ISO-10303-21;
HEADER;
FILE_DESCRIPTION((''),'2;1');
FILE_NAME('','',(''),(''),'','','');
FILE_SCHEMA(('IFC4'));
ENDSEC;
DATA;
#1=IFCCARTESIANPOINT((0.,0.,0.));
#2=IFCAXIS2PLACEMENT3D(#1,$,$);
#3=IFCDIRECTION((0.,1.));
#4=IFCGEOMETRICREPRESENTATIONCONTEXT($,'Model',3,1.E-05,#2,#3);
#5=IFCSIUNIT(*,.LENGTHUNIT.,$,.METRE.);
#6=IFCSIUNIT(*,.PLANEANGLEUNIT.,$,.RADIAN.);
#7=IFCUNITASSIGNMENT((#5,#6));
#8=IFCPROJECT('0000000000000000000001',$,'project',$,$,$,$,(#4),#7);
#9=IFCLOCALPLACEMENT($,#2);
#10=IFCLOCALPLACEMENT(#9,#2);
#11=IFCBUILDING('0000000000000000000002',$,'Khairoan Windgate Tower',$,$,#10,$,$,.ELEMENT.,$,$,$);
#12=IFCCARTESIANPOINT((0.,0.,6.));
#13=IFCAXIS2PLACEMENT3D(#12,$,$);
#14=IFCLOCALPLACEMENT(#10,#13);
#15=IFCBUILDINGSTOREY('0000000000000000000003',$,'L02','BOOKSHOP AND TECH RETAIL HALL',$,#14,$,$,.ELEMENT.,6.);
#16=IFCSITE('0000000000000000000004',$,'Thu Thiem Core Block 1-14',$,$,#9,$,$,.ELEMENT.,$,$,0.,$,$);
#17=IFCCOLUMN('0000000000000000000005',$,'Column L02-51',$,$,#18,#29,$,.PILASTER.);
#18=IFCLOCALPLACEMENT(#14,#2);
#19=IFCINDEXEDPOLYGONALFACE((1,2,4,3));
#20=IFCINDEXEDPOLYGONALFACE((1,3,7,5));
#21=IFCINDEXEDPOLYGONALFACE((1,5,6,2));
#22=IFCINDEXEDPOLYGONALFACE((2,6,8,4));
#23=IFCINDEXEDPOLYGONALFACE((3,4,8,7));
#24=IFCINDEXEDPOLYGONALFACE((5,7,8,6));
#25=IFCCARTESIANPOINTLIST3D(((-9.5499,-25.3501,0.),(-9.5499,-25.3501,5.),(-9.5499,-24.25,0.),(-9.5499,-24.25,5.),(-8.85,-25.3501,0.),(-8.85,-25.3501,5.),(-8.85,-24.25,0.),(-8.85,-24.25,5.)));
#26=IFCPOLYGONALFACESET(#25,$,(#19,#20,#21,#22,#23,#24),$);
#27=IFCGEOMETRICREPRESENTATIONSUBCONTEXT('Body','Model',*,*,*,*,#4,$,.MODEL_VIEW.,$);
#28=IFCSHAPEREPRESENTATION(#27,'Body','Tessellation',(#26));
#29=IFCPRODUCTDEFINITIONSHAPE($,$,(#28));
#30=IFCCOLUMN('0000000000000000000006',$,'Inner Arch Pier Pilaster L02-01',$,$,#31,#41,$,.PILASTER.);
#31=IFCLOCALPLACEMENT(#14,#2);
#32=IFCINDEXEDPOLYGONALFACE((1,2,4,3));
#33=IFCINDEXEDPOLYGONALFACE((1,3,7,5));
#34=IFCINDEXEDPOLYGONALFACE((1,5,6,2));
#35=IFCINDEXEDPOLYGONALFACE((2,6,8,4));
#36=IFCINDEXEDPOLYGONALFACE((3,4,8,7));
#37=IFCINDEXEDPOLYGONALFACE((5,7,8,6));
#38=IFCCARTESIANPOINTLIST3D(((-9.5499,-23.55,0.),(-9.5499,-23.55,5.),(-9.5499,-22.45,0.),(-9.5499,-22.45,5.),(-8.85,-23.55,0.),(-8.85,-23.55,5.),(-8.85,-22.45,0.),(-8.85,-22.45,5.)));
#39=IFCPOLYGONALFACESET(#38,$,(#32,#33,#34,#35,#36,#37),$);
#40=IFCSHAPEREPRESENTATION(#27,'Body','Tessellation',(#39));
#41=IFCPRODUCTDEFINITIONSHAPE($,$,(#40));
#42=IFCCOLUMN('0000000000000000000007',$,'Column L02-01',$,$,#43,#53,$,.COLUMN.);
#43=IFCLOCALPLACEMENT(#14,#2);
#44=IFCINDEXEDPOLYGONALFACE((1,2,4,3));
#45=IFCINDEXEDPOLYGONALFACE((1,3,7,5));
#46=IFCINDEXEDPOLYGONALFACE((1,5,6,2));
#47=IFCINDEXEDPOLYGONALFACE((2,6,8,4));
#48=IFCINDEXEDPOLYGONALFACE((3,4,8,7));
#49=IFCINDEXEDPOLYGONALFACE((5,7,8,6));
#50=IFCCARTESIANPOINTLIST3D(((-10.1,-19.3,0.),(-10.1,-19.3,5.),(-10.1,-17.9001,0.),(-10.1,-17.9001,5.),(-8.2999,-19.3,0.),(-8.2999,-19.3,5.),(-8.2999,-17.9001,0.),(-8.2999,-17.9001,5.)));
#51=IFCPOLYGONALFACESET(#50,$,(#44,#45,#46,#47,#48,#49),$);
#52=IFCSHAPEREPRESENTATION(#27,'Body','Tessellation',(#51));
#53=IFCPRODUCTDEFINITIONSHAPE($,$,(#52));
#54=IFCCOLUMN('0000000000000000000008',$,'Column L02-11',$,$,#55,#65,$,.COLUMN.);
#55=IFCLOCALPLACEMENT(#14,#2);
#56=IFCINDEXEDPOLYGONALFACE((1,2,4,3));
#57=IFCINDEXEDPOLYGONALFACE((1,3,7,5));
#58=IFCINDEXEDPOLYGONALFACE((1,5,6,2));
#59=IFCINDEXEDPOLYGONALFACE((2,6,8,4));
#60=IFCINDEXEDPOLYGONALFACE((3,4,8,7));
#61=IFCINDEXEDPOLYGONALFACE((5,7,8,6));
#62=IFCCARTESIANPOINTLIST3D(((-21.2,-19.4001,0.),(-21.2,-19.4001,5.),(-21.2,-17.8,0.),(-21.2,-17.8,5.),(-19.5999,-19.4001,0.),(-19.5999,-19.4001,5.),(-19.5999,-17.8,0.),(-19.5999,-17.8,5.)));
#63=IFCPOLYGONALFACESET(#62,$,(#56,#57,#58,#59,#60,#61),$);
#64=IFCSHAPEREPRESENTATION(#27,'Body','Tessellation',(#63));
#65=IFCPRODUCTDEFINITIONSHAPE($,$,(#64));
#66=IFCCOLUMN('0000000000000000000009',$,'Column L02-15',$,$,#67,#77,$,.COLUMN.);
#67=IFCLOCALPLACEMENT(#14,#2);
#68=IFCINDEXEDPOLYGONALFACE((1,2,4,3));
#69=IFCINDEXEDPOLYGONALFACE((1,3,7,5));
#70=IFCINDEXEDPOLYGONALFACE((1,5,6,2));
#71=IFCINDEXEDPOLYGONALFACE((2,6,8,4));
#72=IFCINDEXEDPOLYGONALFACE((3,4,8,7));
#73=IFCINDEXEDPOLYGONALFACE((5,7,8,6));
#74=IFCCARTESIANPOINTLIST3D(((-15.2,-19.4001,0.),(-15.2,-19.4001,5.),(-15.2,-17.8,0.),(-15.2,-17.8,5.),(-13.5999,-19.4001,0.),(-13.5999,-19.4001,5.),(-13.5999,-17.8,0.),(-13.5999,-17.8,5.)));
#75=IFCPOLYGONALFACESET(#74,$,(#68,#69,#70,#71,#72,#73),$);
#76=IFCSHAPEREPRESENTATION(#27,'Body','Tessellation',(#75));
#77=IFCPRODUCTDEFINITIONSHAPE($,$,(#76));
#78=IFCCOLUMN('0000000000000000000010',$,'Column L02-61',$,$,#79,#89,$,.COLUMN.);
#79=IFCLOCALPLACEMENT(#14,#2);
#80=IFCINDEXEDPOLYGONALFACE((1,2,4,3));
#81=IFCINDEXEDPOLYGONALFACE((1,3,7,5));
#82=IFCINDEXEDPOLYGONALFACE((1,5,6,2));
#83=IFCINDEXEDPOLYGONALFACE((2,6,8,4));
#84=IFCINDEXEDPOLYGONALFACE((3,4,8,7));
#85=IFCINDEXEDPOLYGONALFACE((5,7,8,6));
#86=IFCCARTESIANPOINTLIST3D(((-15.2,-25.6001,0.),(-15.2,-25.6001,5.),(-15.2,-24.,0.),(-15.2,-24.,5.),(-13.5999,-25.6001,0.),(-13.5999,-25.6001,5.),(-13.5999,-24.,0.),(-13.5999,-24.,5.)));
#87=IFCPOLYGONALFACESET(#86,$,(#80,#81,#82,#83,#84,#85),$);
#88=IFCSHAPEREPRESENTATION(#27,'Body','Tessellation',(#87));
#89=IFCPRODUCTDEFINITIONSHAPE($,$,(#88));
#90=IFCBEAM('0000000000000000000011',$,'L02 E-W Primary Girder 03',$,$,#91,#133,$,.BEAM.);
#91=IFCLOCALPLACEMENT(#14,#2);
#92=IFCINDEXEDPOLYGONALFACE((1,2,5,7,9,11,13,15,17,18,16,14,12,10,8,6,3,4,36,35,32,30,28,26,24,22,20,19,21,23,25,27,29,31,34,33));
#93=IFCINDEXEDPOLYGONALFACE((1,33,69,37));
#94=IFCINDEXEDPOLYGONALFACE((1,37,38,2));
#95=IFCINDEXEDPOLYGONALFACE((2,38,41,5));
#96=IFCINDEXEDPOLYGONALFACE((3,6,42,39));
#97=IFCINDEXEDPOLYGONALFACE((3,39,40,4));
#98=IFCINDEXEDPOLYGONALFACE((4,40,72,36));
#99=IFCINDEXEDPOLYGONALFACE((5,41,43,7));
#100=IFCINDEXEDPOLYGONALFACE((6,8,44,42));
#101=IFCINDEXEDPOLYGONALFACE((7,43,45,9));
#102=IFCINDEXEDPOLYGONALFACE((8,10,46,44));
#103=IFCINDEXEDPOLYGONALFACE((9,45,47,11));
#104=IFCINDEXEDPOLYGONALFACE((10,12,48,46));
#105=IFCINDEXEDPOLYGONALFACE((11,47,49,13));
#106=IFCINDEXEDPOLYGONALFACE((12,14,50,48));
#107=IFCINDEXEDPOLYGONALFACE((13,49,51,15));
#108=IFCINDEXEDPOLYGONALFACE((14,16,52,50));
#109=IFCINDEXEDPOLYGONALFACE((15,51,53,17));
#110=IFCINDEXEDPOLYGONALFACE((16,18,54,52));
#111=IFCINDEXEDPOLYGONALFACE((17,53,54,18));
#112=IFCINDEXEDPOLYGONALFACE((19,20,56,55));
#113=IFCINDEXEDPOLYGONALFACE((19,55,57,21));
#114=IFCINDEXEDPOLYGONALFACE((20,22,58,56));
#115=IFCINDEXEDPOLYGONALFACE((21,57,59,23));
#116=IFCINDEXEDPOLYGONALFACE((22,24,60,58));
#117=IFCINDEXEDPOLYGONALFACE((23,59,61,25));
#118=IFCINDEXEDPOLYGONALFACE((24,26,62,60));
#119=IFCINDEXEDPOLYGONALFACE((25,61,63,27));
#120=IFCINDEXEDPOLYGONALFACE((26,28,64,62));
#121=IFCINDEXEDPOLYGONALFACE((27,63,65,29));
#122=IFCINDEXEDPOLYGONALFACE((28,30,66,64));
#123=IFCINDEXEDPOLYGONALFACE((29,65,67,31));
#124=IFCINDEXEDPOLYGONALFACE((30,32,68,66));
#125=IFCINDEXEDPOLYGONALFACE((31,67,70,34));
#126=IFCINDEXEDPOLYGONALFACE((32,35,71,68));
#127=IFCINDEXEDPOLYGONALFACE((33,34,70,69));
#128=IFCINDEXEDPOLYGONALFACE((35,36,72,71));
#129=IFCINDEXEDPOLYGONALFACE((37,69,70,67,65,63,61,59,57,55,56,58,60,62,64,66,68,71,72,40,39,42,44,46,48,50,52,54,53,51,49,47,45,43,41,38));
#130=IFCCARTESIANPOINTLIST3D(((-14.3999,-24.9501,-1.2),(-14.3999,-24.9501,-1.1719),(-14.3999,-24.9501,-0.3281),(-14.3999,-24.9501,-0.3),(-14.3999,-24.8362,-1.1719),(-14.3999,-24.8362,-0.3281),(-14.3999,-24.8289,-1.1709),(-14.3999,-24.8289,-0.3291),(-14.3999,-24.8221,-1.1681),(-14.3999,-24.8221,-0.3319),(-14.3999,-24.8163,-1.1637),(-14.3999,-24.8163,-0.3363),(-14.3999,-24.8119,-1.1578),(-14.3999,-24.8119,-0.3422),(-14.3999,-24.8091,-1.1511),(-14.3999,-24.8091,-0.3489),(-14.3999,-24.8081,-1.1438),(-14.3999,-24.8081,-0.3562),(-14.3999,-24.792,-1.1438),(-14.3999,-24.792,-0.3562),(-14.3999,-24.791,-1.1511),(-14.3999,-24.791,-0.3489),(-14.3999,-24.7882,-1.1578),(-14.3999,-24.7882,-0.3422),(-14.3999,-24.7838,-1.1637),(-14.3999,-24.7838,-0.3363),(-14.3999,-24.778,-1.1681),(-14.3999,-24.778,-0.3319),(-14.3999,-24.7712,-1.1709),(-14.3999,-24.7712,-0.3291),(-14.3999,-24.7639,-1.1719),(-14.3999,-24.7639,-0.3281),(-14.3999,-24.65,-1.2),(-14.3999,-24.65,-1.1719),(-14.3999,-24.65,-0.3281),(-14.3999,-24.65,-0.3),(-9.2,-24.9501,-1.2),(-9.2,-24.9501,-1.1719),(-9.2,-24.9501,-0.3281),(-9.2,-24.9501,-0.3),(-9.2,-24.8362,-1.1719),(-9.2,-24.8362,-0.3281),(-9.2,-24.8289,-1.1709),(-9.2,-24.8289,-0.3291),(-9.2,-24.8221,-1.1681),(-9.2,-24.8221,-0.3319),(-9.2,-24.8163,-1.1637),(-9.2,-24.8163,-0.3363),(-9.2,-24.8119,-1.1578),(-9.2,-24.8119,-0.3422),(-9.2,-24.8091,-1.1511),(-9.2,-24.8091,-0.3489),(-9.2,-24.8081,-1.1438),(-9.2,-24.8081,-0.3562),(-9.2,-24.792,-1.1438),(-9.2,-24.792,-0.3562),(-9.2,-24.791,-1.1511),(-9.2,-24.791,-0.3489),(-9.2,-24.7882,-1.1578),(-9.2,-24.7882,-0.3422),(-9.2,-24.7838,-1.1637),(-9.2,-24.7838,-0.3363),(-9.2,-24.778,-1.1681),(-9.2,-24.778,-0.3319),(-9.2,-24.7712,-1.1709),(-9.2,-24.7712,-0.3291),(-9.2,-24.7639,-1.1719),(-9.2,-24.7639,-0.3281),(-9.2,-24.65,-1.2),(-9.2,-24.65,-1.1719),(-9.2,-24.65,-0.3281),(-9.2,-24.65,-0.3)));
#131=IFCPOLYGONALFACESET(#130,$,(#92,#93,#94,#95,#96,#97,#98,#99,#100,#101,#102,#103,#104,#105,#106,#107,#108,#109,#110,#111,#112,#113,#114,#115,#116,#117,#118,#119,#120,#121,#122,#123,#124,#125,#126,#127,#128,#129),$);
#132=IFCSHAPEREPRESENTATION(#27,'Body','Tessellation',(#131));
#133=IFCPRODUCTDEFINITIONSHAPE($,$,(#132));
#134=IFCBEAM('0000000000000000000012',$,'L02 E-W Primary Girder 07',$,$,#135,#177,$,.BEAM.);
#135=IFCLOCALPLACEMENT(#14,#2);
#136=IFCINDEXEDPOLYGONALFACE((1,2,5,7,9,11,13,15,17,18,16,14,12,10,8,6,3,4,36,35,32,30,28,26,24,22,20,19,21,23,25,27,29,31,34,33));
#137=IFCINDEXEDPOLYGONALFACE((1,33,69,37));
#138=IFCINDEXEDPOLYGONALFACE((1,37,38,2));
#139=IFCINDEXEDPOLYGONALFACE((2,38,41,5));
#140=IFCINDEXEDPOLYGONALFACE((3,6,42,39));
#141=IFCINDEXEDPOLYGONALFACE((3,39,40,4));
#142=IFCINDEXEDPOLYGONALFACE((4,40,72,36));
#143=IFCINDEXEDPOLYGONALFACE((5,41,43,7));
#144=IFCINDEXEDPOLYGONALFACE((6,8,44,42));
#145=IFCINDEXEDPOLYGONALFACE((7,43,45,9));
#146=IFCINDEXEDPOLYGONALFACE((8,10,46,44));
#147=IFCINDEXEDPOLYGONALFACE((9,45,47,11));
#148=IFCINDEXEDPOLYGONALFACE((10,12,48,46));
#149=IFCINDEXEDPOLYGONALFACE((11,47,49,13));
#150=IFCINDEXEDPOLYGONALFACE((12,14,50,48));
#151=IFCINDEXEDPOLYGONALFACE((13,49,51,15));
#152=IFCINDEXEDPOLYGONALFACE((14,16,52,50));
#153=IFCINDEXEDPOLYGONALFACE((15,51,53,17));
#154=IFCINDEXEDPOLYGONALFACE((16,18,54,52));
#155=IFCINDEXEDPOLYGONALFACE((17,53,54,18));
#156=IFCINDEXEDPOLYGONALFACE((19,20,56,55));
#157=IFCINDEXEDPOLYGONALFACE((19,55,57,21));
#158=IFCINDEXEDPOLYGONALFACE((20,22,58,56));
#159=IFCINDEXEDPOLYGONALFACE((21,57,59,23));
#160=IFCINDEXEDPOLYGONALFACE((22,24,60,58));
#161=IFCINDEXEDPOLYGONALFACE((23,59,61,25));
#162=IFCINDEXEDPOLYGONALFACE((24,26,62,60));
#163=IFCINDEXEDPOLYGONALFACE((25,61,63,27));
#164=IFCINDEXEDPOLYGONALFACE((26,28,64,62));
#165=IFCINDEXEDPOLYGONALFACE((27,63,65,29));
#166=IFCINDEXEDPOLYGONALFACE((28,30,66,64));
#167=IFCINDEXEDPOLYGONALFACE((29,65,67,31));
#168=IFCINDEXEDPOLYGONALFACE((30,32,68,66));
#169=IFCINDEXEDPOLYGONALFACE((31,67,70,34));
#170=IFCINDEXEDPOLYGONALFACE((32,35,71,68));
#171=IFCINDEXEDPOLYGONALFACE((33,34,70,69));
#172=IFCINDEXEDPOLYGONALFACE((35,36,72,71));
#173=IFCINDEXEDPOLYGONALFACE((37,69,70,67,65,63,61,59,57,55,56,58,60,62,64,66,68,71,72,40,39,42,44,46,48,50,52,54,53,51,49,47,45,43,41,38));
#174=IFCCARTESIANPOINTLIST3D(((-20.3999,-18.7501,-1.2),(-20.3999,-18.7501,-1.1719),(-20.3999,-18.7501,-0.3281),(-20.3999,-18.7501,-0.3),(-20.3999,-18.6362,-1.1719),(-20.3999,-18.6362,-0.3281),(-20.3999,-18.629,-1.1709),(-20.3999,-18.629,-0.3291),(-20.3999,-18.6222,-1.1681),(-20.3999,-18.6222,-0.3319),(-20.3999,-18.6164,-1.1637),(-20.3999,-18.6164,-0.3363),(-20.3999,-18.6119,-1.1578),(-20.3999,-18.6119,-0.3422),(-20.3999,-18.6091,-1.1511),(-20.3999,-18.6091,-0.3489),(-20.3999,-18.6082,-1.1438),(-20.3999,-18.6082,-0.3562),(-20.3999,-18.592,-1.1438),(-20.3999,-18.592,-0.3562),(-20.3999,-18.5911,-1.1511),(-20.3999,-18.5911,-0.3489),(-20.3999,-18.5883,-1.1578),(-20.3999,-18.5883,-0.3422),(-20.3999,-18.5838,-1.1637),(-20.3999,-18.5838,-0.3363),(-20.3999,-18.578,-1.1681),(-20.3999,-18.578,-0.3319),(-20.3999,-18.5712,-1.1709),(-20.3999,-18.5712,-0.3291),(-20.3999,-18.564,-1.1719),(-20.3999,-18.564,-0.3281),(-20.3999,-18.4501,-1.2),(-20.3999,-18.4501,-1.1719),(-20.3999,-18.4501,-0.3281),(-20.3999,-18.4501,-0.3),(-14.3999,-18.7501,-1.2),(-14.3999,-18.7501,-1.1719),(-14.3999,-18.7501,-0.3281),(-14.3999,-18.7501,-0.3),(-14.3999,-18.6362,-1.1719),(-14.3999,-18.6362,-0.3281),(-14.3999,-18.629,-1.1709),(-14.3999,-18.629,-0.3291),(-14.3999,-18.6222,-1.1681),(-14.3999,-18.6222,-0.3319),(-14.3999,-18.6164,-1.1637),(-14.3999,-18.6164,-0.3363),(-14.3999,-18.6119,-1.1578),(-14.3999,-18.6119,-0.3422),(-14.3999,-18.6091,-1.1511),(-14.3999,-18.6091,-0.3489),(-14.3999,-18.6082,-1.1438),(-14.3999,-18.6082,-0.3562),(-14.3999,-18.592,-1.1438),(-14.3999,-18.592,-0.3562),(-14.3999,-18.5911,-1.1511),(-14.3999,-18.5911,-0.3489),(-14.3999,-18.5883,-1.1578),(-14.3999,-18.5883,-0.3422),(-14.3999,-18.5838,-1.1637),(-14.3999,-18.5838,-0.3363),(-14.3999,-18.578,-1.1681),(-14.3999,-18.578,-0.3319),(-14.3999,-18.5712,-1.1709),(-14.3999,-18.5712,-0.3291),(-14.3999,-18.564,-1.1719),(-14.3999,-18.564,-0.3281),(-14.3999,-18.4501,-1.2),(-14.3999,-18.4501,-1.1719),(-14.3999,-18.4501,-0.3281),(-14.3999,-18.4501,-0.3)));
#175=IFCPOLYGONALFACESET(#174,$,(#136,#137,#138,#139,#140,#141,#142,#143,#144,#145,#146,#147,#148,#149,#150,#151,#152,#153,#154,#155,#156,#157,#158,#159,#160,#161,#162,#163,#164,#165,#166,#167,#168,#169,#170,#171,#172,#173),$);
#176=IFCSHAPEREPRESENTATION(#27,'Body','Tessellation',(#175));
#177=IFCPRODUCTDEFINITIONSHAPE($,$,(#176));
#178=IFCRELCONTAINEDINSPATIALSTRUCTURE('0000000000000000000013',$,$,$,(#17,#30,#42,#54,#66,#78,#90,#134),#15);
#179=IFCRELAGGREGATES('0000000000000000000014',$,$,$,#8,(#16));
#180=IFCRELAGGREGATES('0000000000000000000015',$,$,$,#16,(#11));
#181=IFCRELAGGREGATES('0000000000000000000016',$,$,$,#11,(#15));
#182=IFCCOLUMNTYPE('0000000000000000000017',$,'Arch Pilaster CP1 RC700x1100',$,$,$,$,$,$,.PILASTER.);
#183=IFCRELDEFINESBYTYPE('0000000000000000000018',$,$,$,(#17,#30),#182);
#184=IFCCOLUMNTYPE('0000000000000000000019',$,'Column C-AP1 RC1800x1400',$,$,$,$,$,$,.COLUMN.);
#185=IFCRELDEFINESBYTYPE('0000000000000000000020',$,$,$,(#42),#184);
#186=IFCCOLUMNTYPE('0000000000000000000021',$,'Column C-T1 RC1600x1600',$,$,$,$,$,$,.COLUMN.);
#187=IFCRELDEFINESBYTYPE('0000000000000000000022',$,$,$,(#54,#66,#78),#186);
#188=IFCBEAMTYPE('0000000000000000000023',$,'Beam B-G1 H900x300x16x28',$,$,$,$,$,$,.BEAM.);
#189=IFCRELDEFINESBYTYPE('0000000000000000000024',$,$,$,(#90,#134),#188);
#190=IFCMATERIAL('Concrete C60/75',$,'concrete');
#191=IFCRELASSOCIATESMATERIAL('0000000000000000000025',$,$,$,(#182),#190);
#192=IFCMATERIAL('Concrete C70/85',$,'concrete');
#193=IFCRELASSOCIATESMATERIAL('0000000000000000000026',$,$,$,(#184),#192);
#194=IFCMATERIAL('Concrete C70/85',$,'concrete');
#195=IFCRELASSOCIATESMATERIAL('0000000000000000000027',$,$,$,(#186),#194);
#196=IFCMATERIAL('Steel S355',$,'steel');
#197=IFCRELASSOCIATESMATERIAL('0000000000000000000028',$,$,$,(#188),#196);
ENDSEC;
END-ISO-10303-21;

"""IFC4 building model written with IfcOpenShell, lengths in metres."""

from ifc_helpers import new_model, si_unit, direction, frame, origin, origin_2d, place, context, subcontext, project, spatial, rectangle, i_section, extrude, material, material_profile, profile_set, type_object, element, save


model = new_model("IFC4")

# Units and contexts
model_context = context("Model", 3, precision=1e-05, world=origin(), true_north=direction((0.0, 1.0)))
body_context = subcontext(model_context, "Body", "Model", "MODEL_VIEW")
ifc_project = project(units=[si_unit("LENGTHUNIT", "METRE"), si_unit("PLANEANGLEUNIT", "RADIAN")], contexts=[model_context])

# Site, building, storey
site_placement = place(None, origin())
site = spatial("IfcSite", under=ifc_project, at=site_placement, Name="Thu Thiem Core Block 1-14", CompositionType="ELEMENT", RefElevation=0.0)
building_placement = place(site_placement, origin())
building = spatial("IfcBuilding", under=site, at=building_placement, Name="Khairoan Windgate Tower", CompositionType="ELEMENT")
storey_placement = place(building_placement, frame((0.0, 0.0, 6.0)))
storey = spatial("IfcBuildingStorey", under=building, at=storey_placement, Name="L02", Description="BOOKSHOP AND TECH RETAIL HALL", CompositionType="ELEMENT", Elevation=6.0)

# Columns
ifc_material_1 = material(Name="Concrete C60/75", Category="concrete")
ifc_material_profile_1 = material_profile(ifc_material_1, rectangle(XDim=0.7, YDim=1.1001, at=origin_2d()))
ifc_profile_set_1 = profile_set([ifc_material_profile_1], Name="Concrete C60/75")
column_type_1 = type_object("IfcColumnType", Name="Arch Pilaster CP1 RC700x1100", PredefinedType="PILASTER", material=ifc_profile_set_1)
for number, where, z_axis, x_axis, name in (
    (1, (-9.2, -24.8, 0.0), (0.0, 0.0, 1.0), (1.0, 0.0, 0.0), "Column L02-51"),
    (2, (-9.2, -23.0, 0.0), (0.0, 0.0, 1.0), (1.0, 0.0, 0.0), "Inner Arch Pier Pilaster L02-01"),
):
    element("IfcColumn", number, at=place(storey_placement, frame(where, z_axis=z_axis, x_axis=x_axis)), inside=storey, type_object=column_type_1, Name=name, PredefinedType="PILASTER", context=body_context, shape_type="SweptSolid", body=[
        extrude(rectangle(XDim=0.7, YDim=1.1001, at=origin_2d()), origin(), (0.0, 0.0, 1.0), 5.0),
    ])
ifc_material_2 = material(Name="Concrete C70/85", Category="concrete")
ifc_material_profile_2 = material_profile(ifc_material_2, rectangle(XDim=1.8, YDim=1.3999, at=origin_2d()))
ifc_profile_set_2 = profile_set([ifc_material_profile_2], Name="Concrete C70/85")
column_type_2 = type_object("IfcColumnType", Name="Column C-AP1 RC1800x1400", PredefinedType="COLUMN", material=ifc_profile_set_2)
column_placement = place(storey_placement, frame((-9.2, -18.6001, 0.0), z_axis=(0.0, 0.0, 1.0), x_axis=(1.0, 0.0, 0.0)))
element("IfcColumn", 3, at=column_placement, inside=storey, type_object=column_type_2, Name="Column L02-01", PredefinedType="COLUMN", context=body_context, shape_type="SweptSolid", body=[
    extrude(rectangle(XDim=1.8, YDim=1.3999, at=origin_2d()), origin(), (0.0, 0.0, 1.0), 5.0),
])
ifc_material_3 = material(Name="Concrete C70/85", Category="concrete")
ifc_material_profile_3 = material_profile(ifc_material_3, rectangle(XDim=1.6001, YDim=1.6001, at=origin_2d()))
ifc_profile_set_3 = profile_set([ifc_material_profile_3], Name="Concrete C70/85")
column_type_3 = type_object("IfcColumnType", Name="Column C-T1 RC1600x1600", PredefinedType="COLUMN", material=ifc_profile_set_3)
for number, where, z_axis, x_axis, name in (
    (4, (-20.3999, -18.6001, 0.0), (0.0, 0.0, 1.0), (1.0, 0.0, 0.0), "Column L02-11"),
    (5, (-14.3999, -18.6001, 0.0), (0.0, 0.0, 1.0), (1.0, 0.0, 0.0), "Column L02-15"),
    (6, (-14.3999, -24.8, 0.0), (0.0, 0.0, 1.0), (1.0, 0.0, 0.0), "Column L02-61"),
):
    element("IfcColumn", number, at=place(storey_placement, frame(where, z_axis=z_axis, x_axis=x_axis)), inside=storey, type_object=column_type_3, Name=name, PredefinedType="COLUMN", context=body_context, shape_type="SweptSolid", body=[
        extrude(rectangle(XDim=1.6001, YDim=1.6001, at=origin_2d()), origin(), (0.0, 0.0, 1.0), 5.0),
    ])

# Beams
ifc_material_4 = material(Name="Steel S355", Category="steel")
ifc_material_profile_4 = material_profile(ifc_material_4, i_section(OverallWidth=0.3, OverallDepth=0.8999, WebThickness=0.0161, FlangeThickness=0.0281, FilletRadius=0.0281, at=origin_2d()))
ifc_profile_set_4 = profile_set([ifc_material_profile_4], Name="Steel S355")
beam_type_1 = type_object("IfcBeamType", Name="Beam B-G1 H900x300x16x28", PredefinedType="BEAM", material=ifc_profile_set_4)
beam_1_placement = place(storey_placement, frame((-14.3999, -24.8, -0.75), z_axis=(1.0, 0.0, 0.0), x_axis=(0.0, 1.0, 0.0)))
element("IfcBeam", 7, at=beam_1_placement, inside=storey, type_object=beam_type_1, Name="L02 E-W Primary Girder 03", PredefinedType="BEAM", context=body_context, shape_type="SweptSolid", body=[
    extrude(i_section(OverallWidth=0.3, OverallDepth=0.8999, WebThickness=0.0161, FlangeThickness=0.0281, FilletRadius=0.0281, at=origin_2d()), origin(), (0.0, 0.0, 1.0), 5.2),
])
beam_2_placement = place(storey_placement, frame((-20.3999, -18.6001, -0.75), z_axis=(1.0, 0.0, 0.0), x_axis=(0.0, 1.0, 0.0)))
element("IfcBeam", 8, at=beam_2_placement, inside=storey, type_object=beam_type_1, Name="L02 E-W Primary Girder 07", PredefinedType="BEAM", context=body_context, shape_type="SweptSolid", body=[
    extrude(i_section(OverallWidth=0.3, OverallDepth=0.8999, WebThickness=0.0161, FlangeThickness=0.0281, FilletRadius=0.0281, at=origin_2d()), origin(), (0.0, 0.0, 1.0), 6.0),
])

save(model, "model.ifc")
